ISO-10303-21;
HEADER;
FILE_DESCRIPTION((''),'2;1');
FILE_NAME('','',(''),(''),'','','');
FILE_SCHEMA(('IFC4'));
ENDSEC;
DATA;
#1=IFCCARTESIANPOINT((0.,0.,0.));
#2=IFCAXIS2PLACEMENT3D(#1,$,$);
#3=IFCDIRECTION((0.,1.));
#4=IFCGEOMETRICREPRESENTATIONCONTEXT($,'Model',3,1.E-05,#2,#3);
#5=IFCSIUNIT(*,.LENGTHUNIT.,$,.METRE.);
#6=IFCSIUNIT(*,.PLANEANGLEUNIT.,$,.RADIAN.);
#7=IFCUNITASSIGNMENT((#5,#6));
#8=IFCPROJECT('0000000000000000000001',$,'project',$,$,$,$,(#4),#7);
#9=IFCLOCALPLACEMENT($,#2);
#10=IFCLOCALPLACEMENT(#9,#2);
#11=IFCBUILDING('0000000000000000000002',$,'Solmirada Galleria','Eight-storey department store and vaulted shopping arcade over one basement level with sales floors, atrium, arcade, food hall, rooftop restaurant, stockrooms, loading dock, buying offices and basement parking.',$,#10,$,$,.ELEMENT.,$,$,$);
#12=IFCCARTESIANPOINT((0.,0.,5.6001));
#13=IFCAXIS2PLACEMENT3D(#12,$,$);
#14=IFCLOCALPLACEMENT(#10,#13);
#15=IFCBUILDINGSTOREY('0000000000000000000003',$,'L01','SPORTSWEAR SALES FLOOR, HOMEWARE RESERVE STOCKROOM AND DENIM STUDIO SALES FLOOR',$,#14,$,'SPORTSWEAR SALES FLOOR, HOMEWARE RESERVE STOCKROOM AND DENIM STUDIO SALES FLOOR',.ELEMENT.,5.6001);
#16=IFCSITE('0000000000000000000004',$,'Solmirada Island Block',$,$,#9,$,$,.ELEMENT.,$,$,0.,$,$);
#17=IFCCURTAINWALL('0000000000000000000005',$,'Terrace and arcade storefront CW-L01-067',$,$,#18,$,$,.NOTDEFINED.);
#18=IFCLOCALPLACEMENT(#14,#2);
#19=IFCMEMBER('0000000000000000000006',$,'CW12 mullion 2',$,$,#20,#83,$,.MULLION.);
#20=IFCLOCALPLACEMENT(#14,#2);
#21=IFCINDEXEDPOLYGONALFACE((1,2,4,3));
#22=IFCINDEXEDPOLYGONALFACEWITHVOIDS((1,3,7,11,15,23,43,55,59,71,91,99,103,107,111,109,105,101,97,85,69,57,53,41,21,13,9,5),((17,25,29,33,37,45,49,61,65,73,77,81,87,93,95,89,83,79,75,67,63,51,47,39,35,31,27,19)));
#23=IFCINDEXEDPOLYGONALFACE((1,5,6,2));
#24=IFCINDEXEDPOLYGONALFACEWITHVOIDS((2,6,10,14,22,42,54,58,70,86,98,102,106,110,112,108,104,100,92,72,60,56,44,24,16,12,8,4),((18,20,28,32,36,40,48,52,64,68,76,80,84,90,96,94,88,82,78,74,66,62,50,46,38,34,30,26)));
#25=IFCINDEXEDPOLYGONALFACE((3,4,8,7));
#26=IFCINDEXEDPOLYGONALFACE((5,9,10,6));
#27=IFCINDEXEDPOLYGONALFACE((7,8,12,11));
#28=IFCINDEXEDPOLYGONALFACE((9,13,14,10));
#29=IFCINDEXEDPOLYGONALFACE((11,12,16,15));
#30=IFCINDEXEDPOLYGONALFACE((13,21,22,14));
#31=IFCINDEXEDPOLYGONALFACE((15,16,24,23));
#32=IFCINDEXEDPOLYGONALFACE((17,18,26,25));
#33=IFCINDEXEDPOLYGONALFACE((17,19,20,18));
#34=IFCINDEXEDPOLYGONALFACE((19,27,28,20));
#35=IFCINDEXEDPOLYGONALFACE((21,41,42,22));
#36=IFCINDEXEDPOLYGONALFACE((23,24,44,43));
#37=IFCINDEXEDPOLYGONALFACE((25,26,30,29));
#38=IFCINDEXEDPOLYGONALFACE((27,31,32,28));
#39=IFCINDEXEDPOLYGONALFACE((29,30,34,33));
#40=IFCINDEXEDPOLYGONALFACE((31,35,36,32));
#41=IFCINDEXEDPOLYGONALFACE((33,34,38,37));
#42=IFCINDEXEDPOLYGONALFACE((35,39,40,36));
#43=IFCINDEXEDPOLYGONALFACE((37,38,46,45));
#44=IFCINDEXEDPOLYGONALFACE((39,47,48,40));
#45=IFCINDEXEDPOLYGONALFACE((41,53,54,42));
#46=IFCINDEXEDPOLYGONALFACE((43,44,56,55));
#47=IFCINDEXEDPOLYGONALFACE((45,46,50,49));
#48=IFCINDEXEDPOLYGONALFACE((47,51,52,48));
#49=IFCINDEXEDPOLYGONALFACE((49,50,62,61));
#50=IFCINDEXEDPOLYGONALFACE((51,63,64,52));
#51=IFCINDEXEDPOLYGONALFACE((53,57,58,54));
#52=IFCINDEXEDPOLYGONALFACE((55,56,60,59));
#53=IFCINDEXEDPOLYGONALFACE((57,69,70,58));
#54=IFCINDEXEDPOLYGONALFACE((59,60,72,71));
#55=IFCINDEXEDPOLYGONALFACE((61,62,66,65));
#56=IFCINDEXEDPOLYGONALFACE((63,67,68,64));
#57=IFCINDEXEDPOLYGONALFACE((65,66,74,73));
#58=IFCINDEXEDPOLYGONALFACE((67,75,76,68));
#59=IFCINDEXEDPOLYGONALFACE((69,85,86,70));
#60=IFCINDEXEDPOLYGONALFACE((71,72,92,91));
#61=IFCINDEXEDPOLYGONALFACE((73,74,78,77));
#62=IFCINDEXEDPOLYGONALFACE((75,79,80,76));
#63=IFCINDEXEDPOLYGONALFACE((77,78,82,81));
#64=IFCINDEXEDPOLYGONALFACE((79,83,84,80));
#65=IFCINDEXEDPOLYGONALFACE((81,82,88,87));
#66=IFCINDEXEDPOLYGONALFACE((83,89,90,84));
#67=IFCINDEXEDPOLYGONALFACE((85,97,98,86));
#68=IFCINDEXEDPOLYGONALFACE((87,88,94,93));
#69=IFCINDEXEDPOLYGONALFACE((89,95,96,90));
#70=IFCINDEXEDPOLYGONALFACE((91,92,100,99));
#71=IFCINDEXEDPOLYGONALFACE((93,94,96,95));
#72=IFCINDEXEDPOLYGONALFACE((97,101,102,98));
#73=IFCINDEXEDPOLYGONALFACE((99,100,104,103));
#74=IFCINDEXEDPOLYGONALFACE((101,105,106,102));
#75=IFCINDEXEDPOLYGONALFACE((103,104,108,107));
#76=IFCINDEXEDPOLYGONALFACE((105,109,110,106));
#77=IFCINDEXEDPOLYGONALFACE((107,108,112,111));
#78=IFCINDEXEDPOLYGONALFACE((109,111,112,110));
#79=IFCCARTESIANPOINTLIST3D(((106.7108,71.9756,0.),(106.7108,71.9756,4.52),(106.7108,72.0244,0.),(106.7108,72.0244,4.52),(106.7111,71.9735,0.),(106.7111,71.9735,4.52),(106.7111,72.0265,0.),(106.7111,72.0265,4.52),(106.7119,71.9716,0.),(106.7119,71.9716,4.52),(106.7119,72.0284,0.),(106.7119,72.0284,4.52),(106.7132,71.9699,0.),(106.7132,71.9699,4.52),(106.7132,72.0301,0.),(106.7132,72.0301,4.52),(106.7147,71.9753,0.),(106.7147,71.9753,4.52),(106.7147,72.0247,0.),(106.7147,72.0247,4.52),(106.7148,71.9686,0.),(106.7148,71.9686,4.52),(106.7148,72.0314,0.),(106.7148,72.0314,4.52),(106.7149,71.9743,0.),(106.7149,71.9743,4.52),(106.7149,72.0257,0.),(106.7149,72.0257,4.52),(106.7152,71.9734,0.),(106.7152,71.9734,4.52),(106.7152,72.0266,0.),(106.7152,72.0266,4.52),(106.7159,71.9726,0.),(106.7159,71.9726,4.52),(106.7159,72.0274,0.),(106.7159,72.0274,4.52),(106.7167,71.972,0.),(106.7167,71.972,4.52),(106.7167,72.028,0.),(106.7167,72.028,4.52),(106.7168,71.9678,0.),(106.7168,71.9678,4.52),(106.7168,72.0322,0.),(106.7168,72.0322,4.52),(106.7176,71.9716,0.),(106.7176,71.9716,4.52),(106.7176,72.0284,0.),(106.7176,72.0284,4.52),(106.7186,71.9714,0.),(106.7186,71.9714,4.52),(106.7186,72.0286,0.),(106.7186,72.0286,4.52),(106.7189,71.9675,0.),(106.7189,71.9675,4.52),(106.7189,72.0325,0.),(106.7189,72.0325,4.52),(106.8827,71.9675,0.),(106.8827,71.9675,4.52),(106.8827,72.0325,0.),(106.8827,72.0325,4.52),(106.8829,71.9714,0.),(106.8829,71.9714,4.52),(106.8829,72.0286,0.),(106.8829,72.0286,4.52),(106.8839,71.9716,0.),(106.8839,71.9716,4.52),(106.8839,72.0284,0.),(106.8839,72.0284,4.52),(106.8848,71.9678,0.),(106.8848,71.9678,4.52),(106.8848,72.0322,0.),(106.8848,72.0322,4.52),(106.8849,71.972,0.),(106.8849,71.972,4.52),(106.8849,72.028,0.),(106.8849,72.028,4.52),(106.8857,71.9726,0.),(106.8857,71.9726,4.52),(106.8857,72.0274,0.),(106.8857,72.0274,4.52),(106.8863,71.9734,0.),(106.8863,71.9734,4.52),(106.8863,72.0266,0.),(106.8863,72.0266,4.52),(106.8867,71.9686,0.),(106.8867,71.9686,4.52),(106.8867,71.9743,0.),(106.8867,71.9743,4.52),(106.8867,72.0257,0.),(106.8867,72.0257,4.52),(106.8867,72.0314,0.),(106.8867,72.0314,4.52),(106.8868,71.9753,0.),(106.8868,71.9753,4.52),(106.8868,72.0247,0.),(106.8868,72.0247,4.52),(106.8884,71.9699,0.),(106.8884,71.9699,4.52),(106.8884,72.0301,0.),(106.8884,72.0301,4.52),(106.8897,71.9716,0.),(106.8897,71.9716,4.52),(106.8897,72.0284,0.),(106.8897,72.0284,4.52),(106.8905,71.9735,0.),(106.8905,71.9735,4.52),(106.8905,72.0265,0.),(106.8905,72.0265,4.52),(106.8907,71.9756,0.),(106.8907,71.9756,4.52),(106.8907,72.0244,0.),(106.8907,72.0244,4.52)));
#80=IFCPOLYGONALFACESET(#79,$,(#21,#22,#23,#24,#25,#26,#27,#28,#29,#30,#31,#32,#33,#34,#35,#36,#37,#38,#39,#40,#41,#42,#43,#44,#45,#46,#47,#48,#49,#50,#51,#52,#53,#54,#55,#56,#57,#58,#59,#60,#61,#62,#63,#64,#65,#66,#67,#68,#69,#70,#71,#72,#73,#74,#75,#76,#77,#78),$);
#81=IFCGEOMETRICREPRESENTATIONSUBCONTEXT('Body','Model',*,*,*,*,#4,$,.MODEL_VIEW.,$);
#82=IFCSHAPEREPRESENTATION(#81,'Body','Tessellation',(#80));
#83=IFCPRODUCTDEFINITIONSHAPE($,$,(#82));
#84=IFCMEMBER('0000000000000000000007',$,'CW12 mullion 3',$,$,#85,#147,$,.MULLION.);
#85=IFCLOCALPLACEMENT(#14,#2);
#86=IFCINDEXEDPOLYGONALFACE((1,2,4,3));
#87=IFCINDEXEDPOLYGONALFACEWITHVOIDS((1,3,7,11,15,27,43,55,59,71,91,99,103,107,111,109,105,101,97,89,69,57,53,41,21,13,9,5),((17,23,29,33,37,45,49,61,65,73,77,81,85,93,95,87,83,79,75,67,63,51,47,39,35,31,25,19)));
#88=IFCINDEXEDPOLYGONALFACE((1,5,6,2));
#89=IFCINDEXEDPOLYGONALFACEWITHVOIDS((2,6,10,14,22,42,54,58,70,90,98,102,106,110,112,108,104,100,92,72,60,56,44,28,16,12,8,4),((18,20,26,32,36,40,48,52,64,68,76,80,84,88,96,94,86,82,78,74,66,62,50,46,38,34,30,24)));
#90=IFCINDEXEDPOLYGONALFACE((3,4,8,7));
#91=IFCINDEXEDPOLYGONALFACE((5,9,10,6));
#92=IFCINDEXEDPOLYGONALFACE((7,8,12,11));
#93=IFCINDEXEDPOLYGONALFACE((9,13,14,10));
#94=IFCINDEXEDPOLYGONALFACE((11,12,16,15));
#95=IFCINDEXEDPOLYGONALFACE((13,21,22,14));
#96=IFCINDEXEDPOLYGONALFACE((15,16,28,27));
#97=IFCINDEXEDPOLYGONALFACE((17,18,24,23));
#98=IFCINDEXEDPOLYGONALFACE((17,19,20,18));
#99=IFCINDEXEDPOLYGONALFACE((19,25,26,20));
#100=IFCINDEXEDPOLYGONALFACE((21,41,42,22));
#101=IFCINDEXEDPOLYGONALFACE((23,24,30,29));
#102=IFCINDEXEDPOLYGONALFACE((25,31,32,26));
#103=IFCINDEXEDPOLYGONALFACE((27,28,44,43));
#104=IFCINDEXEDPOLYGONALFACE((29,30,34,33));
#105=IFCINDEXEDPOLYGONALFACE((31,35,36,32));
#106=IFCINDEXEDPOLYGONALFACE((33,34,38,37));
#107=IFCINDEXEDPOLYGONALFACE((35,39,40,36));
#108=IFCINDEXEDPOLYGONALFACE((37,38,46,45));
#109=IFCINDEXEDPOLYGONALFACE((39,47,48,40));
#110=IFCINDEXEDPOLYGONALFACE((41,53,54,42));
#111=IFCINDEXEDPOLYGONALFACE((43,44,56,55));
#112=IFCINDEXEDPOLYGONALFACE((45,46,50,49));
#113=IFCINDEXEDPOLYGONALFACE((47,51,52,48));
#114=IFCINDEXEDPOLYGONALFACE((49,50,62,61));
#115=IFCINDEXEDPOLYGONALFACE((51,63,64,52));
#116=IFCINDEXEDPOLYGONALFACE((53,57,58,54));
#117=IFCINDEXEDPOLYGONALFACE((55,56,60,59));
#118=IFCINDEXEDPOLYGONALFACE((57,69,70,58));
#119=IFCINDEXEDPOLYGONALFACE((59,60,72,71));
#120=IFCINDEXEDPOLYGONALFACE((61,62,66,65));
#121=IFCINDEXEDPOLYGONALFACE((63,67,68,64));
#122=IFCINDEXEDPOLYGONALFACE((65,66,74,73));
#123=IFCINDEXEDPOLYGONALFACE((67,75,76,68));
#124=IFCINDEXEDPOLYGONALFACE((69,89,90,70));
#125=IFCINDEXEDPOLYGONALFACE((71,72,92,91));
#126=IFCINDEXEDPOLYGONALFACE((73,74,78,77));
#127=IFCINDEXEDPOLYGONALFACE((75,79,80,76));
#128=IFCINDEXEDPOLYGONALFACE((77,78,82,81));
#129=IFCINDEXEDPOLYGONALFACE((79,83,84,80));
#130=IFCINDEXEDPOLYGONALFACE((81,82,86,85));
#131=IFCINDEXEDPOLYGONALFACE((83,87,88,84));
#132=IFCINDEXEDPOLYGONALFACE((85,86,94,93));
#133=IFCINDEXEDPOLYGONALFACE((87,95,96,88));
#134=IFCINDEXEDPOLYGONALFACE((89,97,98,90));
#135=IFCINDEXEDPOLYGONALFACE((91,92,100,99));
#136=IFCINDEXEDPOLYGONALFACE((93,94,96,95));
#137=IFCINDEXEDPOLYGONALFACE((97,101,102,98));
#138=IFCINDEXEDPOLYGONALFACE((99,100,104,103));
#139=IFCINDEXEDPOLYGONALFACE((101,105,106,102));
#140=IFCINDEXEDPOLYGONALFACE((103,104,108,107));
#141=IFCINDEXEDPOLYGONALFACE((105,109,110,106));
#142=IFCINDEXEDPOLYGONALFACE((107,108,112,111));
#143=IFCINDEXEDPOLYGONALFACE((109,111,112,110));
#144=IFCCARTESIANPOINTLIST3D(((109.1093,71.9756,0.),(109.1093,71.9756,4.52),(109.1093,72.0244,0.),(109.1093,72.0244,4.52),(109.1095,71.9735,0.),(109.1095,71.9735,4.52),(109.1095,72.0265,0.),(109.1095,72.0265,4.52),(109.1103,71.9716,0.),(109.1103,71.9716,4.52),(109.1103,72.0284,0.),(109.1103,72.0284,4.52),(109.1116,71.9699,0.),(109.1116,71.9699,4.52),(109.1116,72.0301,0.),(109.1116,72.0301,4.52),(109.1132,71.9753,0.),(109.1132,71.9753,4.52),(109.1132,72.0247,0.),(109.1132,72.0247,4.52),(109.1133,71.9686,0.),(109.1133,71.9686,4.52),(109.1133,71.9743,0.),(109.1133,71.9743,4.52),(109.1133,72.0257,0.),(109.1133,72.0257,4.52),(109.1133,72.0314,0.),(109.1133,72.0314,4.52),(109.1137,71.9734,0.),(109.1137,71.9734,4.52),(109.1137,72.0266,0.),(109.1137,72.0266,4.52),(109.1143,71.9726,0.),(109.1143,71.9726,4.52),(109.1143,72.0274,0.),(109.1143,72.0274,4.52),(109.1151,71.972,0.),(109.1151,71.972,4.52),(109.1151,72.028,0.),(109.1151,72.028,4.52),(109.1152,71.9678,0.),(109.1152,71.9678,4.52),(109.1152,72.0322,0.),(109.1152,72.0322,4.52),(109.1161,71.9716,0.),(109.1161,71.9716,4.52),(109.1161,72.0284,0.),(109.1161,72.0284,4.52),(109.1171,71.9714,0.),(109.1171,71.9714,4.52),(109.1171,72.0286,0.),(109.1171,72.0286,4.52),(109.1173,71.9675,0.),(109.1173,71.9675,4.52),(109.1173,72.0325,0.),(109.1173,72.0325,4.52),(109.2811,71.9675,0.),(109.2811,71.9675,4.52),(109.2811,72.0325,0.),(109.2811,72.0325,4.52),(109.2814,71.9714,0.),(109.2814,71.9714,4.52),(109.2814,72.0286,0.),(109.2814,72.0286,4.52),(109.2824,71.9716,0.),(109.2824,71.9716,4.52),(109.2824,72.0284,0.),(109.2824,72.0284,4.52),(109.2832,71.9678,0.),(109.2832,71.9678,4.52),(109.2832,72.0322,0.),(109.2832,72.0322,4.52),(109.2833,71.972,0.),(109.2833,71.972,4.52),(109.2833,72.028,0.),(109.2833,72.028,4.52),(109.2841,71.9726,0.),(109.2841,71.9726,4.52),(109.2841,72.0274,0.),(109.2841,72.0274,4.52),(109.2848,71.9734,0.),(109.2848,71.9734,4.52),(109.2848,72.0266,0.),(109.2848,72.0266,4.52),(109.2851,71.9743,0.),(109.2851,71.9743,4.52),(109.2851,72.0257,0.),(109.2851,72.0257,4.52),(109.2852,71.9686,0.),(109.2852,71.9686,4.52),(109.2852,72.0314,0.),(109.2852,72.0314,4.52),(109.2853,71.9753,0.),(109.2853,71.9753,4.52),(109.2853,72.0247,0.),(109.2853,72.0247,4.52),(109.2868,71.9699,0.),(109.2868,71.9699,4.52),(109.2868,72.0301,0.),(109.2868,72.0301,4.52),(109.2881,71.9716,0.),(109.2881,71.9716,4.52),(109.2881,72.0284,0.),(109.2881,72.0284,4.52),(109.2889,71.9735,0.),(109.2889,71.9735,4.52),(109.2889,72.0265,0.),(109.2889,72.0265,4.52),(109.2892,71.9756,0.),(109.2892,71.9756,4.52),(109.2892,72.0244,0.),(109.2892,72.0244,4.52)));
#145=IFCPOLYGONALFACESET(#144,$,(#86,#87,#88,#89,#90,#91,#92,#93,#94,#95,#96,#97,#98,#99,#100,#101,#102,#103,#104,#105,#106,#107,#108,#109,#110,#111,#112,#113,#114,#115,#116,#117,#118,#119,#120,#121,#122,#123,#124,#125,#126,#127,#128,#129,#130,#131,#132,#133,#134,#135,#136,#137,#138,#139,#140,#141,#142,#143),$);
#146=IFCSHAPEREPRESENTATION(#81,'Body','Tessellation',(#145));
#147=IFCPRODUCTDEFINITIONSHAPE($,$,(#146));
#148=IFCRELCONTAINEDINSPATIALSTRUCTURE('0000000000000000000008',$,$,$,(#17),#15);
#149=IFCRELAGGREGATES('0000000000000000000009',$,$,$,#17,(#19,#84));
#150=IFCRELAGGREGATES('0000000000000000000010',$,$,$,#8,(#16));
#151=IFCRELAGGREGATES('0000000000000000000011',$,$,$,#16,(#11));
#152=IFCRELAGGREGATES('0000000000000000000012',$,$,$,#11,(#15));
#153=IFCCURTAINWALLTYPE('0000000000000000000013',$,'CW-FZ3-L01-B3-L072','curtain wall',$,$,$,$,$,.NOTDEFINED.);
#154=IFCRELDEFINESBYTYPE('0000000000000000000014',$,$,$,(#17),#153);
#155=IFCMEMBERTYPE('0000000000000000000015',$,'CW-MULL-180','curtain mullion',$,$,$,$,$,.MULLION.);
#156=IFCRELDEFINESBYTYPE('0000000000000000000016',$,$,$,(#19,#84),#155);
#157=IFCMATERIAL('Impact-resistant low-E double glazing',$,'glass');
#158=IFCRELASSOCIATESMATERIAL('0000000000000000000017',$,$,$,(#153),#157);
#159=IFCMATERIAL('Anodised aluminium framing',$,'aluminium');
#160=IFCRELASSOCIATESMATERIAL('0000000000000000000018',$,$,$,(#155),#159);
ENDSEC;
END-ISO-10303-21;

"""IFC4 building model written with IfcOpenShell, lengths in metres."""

from ifc_helpers import new_model, si_unit, direction, frame, origin, origin_2d, place, context, subcontext, project, spatial, hollow_rectangle, extrude, material, material_profile, profile_set, type_object, element, aggregate, save


model = new_model("IFC4")

# Units and contexts
model_context = context("Model", 3, precision=1e-05, world=origin(), true_north=direction((0.0, 1.0)))
body_context = subcontext(model_context, "Body", "Model", "MODEL_VIEW")
ifc_project = project(units=[si_unit("LENGTHUNIT", "METRE"), si_unit("PLANEANGLEUNIT", "RADIAN")], contexts=[model_context])

# Site, building, storey
site_placement = place(None, origin())
site = spatial("IfcSite", under=ifc_project, at=site_placement, Name="Solmirada Island Block", CompositionType="ELEMENT", RefElevation=0.0)
building_placement = place(site_placement, origin())
building = spatial("IfcBuilding", under=site, at=building_placement, Name="Solmirada Galleria", Description="Eight-storey department store and vaulted shopping arcade over one basement level with sales floors, atrium, arcade, food hall, rooftop restaurant, stockrooms, loading dock, buying offices and basement parking.", CompositionType="ELEMENT")
storey_placement = place(building_placement, frame((0.0, 0.0, 5.6001)))
storey = spatial("IfcBuildingStorey", under=building, at=storey_placement, Name="L01", Description="SPORTSWEAR SALES FLOOR, HOMEWARE RESERVE STOCKROOM AND DENIM STUDIO SALES FLOOR", LongName="SPORTSWEAR SALES FLOOR, HOMEWARE RESERVE STOCKROOM AND DENIM STUDIO SALES FLOOR", CompositionType="ELEMENT", Elevation=5.6001)

# Curtain wall, members
ifc_material_1 = material(Name="Impact-resistant low-E double glazing", Category="glass")
curtain_wall_type = type_object("IfcCurtainWallType", Name="CW-FZ3-L01-B3-L072", Description="curtain wall", PredefinedType="NOTDEFINED", material=ifc_material_1)
curtain_wall_1_placement = place(storey_placement, origin())
curtain_wall_1 = element("IfcCurtainWall", 1, at=curtain_wall_1_placement, inside=storey, type_object=curtain_wall_type, Name="Terrace and arcade storefront CW-L01-067", PredefinedType="NOTDEFINED")
ifc_material_2 = material(Name="Anodised aluminium framing", Category="aluminium")
ifc_material_profile_1 = material_profile(ifc_material_2, hollow_rectangle(XDim=0.0649, YDim=0.1799, WallThickness=0.0039, InnerFilletRadius=0.0039, OuterFilletRadius=0.0081, at=origin_2d()), Name="ALU-MULL-180X65")
ifc_profile_set_1 = profile_set([ifc_material_profile_1], Name="Anodised aluminium framing")
member_type_1 = type_object("IfcMemberType", Name="CW-MULL-180", Description="curtain mullion", PredefinedType="MULLION", material=ifc_profile_set_1)
member_1_placement = place(storey_placement, frame((106.8008, 72.0, 0.0), z_axis=(0.0, 0.0, 1.0), x_axis=(0.0, 1.0, 0.0)))
member_1 = element("IfcMember", 2, at=member_1_placement, type_object=member_type_1, Name="CW12 mullion 2", PredefinedType="MULLION", context=body_context, shape_type="SweptSolid", body=[
    extrude(hollow_rectangle(XDim=0.0649, YDim=0.1799, WallThickness=0.0039, InnerFilletRadius=0.0039, OuterFilletRadius=0.0081, at=origin_2d()), origin(), (0.0, 0.0, 1.0), 4.52),
])
member_2_placement = place(storey_placement, frame((109.1992, 72.0, 0.0), z_axis=(0.0, 0.0, 1.0), x_axis=(0.0, 1.0, 0.0)))
member_2 = element("IfcMember", 3, at=member_2_placement, type_object=member_type_1, Name="CW12 mullion 3", PredefinedType="MULLION", context=body_context, shape_type="SweptSolid", body=[
    extrude(hollow_rectangle(XDim=0.0649, YDim=0.1799, WallThickness=0.0039, InnerFilletRadius=0.0039, OuterFilletRadius=0.0081, at=origin_2d()), origin(), (0.0, 0.0, 1.0), 4.52),
])

aggregate(curtain_wall_1, [member_1, member_2])

save(model, "model.ifc")
